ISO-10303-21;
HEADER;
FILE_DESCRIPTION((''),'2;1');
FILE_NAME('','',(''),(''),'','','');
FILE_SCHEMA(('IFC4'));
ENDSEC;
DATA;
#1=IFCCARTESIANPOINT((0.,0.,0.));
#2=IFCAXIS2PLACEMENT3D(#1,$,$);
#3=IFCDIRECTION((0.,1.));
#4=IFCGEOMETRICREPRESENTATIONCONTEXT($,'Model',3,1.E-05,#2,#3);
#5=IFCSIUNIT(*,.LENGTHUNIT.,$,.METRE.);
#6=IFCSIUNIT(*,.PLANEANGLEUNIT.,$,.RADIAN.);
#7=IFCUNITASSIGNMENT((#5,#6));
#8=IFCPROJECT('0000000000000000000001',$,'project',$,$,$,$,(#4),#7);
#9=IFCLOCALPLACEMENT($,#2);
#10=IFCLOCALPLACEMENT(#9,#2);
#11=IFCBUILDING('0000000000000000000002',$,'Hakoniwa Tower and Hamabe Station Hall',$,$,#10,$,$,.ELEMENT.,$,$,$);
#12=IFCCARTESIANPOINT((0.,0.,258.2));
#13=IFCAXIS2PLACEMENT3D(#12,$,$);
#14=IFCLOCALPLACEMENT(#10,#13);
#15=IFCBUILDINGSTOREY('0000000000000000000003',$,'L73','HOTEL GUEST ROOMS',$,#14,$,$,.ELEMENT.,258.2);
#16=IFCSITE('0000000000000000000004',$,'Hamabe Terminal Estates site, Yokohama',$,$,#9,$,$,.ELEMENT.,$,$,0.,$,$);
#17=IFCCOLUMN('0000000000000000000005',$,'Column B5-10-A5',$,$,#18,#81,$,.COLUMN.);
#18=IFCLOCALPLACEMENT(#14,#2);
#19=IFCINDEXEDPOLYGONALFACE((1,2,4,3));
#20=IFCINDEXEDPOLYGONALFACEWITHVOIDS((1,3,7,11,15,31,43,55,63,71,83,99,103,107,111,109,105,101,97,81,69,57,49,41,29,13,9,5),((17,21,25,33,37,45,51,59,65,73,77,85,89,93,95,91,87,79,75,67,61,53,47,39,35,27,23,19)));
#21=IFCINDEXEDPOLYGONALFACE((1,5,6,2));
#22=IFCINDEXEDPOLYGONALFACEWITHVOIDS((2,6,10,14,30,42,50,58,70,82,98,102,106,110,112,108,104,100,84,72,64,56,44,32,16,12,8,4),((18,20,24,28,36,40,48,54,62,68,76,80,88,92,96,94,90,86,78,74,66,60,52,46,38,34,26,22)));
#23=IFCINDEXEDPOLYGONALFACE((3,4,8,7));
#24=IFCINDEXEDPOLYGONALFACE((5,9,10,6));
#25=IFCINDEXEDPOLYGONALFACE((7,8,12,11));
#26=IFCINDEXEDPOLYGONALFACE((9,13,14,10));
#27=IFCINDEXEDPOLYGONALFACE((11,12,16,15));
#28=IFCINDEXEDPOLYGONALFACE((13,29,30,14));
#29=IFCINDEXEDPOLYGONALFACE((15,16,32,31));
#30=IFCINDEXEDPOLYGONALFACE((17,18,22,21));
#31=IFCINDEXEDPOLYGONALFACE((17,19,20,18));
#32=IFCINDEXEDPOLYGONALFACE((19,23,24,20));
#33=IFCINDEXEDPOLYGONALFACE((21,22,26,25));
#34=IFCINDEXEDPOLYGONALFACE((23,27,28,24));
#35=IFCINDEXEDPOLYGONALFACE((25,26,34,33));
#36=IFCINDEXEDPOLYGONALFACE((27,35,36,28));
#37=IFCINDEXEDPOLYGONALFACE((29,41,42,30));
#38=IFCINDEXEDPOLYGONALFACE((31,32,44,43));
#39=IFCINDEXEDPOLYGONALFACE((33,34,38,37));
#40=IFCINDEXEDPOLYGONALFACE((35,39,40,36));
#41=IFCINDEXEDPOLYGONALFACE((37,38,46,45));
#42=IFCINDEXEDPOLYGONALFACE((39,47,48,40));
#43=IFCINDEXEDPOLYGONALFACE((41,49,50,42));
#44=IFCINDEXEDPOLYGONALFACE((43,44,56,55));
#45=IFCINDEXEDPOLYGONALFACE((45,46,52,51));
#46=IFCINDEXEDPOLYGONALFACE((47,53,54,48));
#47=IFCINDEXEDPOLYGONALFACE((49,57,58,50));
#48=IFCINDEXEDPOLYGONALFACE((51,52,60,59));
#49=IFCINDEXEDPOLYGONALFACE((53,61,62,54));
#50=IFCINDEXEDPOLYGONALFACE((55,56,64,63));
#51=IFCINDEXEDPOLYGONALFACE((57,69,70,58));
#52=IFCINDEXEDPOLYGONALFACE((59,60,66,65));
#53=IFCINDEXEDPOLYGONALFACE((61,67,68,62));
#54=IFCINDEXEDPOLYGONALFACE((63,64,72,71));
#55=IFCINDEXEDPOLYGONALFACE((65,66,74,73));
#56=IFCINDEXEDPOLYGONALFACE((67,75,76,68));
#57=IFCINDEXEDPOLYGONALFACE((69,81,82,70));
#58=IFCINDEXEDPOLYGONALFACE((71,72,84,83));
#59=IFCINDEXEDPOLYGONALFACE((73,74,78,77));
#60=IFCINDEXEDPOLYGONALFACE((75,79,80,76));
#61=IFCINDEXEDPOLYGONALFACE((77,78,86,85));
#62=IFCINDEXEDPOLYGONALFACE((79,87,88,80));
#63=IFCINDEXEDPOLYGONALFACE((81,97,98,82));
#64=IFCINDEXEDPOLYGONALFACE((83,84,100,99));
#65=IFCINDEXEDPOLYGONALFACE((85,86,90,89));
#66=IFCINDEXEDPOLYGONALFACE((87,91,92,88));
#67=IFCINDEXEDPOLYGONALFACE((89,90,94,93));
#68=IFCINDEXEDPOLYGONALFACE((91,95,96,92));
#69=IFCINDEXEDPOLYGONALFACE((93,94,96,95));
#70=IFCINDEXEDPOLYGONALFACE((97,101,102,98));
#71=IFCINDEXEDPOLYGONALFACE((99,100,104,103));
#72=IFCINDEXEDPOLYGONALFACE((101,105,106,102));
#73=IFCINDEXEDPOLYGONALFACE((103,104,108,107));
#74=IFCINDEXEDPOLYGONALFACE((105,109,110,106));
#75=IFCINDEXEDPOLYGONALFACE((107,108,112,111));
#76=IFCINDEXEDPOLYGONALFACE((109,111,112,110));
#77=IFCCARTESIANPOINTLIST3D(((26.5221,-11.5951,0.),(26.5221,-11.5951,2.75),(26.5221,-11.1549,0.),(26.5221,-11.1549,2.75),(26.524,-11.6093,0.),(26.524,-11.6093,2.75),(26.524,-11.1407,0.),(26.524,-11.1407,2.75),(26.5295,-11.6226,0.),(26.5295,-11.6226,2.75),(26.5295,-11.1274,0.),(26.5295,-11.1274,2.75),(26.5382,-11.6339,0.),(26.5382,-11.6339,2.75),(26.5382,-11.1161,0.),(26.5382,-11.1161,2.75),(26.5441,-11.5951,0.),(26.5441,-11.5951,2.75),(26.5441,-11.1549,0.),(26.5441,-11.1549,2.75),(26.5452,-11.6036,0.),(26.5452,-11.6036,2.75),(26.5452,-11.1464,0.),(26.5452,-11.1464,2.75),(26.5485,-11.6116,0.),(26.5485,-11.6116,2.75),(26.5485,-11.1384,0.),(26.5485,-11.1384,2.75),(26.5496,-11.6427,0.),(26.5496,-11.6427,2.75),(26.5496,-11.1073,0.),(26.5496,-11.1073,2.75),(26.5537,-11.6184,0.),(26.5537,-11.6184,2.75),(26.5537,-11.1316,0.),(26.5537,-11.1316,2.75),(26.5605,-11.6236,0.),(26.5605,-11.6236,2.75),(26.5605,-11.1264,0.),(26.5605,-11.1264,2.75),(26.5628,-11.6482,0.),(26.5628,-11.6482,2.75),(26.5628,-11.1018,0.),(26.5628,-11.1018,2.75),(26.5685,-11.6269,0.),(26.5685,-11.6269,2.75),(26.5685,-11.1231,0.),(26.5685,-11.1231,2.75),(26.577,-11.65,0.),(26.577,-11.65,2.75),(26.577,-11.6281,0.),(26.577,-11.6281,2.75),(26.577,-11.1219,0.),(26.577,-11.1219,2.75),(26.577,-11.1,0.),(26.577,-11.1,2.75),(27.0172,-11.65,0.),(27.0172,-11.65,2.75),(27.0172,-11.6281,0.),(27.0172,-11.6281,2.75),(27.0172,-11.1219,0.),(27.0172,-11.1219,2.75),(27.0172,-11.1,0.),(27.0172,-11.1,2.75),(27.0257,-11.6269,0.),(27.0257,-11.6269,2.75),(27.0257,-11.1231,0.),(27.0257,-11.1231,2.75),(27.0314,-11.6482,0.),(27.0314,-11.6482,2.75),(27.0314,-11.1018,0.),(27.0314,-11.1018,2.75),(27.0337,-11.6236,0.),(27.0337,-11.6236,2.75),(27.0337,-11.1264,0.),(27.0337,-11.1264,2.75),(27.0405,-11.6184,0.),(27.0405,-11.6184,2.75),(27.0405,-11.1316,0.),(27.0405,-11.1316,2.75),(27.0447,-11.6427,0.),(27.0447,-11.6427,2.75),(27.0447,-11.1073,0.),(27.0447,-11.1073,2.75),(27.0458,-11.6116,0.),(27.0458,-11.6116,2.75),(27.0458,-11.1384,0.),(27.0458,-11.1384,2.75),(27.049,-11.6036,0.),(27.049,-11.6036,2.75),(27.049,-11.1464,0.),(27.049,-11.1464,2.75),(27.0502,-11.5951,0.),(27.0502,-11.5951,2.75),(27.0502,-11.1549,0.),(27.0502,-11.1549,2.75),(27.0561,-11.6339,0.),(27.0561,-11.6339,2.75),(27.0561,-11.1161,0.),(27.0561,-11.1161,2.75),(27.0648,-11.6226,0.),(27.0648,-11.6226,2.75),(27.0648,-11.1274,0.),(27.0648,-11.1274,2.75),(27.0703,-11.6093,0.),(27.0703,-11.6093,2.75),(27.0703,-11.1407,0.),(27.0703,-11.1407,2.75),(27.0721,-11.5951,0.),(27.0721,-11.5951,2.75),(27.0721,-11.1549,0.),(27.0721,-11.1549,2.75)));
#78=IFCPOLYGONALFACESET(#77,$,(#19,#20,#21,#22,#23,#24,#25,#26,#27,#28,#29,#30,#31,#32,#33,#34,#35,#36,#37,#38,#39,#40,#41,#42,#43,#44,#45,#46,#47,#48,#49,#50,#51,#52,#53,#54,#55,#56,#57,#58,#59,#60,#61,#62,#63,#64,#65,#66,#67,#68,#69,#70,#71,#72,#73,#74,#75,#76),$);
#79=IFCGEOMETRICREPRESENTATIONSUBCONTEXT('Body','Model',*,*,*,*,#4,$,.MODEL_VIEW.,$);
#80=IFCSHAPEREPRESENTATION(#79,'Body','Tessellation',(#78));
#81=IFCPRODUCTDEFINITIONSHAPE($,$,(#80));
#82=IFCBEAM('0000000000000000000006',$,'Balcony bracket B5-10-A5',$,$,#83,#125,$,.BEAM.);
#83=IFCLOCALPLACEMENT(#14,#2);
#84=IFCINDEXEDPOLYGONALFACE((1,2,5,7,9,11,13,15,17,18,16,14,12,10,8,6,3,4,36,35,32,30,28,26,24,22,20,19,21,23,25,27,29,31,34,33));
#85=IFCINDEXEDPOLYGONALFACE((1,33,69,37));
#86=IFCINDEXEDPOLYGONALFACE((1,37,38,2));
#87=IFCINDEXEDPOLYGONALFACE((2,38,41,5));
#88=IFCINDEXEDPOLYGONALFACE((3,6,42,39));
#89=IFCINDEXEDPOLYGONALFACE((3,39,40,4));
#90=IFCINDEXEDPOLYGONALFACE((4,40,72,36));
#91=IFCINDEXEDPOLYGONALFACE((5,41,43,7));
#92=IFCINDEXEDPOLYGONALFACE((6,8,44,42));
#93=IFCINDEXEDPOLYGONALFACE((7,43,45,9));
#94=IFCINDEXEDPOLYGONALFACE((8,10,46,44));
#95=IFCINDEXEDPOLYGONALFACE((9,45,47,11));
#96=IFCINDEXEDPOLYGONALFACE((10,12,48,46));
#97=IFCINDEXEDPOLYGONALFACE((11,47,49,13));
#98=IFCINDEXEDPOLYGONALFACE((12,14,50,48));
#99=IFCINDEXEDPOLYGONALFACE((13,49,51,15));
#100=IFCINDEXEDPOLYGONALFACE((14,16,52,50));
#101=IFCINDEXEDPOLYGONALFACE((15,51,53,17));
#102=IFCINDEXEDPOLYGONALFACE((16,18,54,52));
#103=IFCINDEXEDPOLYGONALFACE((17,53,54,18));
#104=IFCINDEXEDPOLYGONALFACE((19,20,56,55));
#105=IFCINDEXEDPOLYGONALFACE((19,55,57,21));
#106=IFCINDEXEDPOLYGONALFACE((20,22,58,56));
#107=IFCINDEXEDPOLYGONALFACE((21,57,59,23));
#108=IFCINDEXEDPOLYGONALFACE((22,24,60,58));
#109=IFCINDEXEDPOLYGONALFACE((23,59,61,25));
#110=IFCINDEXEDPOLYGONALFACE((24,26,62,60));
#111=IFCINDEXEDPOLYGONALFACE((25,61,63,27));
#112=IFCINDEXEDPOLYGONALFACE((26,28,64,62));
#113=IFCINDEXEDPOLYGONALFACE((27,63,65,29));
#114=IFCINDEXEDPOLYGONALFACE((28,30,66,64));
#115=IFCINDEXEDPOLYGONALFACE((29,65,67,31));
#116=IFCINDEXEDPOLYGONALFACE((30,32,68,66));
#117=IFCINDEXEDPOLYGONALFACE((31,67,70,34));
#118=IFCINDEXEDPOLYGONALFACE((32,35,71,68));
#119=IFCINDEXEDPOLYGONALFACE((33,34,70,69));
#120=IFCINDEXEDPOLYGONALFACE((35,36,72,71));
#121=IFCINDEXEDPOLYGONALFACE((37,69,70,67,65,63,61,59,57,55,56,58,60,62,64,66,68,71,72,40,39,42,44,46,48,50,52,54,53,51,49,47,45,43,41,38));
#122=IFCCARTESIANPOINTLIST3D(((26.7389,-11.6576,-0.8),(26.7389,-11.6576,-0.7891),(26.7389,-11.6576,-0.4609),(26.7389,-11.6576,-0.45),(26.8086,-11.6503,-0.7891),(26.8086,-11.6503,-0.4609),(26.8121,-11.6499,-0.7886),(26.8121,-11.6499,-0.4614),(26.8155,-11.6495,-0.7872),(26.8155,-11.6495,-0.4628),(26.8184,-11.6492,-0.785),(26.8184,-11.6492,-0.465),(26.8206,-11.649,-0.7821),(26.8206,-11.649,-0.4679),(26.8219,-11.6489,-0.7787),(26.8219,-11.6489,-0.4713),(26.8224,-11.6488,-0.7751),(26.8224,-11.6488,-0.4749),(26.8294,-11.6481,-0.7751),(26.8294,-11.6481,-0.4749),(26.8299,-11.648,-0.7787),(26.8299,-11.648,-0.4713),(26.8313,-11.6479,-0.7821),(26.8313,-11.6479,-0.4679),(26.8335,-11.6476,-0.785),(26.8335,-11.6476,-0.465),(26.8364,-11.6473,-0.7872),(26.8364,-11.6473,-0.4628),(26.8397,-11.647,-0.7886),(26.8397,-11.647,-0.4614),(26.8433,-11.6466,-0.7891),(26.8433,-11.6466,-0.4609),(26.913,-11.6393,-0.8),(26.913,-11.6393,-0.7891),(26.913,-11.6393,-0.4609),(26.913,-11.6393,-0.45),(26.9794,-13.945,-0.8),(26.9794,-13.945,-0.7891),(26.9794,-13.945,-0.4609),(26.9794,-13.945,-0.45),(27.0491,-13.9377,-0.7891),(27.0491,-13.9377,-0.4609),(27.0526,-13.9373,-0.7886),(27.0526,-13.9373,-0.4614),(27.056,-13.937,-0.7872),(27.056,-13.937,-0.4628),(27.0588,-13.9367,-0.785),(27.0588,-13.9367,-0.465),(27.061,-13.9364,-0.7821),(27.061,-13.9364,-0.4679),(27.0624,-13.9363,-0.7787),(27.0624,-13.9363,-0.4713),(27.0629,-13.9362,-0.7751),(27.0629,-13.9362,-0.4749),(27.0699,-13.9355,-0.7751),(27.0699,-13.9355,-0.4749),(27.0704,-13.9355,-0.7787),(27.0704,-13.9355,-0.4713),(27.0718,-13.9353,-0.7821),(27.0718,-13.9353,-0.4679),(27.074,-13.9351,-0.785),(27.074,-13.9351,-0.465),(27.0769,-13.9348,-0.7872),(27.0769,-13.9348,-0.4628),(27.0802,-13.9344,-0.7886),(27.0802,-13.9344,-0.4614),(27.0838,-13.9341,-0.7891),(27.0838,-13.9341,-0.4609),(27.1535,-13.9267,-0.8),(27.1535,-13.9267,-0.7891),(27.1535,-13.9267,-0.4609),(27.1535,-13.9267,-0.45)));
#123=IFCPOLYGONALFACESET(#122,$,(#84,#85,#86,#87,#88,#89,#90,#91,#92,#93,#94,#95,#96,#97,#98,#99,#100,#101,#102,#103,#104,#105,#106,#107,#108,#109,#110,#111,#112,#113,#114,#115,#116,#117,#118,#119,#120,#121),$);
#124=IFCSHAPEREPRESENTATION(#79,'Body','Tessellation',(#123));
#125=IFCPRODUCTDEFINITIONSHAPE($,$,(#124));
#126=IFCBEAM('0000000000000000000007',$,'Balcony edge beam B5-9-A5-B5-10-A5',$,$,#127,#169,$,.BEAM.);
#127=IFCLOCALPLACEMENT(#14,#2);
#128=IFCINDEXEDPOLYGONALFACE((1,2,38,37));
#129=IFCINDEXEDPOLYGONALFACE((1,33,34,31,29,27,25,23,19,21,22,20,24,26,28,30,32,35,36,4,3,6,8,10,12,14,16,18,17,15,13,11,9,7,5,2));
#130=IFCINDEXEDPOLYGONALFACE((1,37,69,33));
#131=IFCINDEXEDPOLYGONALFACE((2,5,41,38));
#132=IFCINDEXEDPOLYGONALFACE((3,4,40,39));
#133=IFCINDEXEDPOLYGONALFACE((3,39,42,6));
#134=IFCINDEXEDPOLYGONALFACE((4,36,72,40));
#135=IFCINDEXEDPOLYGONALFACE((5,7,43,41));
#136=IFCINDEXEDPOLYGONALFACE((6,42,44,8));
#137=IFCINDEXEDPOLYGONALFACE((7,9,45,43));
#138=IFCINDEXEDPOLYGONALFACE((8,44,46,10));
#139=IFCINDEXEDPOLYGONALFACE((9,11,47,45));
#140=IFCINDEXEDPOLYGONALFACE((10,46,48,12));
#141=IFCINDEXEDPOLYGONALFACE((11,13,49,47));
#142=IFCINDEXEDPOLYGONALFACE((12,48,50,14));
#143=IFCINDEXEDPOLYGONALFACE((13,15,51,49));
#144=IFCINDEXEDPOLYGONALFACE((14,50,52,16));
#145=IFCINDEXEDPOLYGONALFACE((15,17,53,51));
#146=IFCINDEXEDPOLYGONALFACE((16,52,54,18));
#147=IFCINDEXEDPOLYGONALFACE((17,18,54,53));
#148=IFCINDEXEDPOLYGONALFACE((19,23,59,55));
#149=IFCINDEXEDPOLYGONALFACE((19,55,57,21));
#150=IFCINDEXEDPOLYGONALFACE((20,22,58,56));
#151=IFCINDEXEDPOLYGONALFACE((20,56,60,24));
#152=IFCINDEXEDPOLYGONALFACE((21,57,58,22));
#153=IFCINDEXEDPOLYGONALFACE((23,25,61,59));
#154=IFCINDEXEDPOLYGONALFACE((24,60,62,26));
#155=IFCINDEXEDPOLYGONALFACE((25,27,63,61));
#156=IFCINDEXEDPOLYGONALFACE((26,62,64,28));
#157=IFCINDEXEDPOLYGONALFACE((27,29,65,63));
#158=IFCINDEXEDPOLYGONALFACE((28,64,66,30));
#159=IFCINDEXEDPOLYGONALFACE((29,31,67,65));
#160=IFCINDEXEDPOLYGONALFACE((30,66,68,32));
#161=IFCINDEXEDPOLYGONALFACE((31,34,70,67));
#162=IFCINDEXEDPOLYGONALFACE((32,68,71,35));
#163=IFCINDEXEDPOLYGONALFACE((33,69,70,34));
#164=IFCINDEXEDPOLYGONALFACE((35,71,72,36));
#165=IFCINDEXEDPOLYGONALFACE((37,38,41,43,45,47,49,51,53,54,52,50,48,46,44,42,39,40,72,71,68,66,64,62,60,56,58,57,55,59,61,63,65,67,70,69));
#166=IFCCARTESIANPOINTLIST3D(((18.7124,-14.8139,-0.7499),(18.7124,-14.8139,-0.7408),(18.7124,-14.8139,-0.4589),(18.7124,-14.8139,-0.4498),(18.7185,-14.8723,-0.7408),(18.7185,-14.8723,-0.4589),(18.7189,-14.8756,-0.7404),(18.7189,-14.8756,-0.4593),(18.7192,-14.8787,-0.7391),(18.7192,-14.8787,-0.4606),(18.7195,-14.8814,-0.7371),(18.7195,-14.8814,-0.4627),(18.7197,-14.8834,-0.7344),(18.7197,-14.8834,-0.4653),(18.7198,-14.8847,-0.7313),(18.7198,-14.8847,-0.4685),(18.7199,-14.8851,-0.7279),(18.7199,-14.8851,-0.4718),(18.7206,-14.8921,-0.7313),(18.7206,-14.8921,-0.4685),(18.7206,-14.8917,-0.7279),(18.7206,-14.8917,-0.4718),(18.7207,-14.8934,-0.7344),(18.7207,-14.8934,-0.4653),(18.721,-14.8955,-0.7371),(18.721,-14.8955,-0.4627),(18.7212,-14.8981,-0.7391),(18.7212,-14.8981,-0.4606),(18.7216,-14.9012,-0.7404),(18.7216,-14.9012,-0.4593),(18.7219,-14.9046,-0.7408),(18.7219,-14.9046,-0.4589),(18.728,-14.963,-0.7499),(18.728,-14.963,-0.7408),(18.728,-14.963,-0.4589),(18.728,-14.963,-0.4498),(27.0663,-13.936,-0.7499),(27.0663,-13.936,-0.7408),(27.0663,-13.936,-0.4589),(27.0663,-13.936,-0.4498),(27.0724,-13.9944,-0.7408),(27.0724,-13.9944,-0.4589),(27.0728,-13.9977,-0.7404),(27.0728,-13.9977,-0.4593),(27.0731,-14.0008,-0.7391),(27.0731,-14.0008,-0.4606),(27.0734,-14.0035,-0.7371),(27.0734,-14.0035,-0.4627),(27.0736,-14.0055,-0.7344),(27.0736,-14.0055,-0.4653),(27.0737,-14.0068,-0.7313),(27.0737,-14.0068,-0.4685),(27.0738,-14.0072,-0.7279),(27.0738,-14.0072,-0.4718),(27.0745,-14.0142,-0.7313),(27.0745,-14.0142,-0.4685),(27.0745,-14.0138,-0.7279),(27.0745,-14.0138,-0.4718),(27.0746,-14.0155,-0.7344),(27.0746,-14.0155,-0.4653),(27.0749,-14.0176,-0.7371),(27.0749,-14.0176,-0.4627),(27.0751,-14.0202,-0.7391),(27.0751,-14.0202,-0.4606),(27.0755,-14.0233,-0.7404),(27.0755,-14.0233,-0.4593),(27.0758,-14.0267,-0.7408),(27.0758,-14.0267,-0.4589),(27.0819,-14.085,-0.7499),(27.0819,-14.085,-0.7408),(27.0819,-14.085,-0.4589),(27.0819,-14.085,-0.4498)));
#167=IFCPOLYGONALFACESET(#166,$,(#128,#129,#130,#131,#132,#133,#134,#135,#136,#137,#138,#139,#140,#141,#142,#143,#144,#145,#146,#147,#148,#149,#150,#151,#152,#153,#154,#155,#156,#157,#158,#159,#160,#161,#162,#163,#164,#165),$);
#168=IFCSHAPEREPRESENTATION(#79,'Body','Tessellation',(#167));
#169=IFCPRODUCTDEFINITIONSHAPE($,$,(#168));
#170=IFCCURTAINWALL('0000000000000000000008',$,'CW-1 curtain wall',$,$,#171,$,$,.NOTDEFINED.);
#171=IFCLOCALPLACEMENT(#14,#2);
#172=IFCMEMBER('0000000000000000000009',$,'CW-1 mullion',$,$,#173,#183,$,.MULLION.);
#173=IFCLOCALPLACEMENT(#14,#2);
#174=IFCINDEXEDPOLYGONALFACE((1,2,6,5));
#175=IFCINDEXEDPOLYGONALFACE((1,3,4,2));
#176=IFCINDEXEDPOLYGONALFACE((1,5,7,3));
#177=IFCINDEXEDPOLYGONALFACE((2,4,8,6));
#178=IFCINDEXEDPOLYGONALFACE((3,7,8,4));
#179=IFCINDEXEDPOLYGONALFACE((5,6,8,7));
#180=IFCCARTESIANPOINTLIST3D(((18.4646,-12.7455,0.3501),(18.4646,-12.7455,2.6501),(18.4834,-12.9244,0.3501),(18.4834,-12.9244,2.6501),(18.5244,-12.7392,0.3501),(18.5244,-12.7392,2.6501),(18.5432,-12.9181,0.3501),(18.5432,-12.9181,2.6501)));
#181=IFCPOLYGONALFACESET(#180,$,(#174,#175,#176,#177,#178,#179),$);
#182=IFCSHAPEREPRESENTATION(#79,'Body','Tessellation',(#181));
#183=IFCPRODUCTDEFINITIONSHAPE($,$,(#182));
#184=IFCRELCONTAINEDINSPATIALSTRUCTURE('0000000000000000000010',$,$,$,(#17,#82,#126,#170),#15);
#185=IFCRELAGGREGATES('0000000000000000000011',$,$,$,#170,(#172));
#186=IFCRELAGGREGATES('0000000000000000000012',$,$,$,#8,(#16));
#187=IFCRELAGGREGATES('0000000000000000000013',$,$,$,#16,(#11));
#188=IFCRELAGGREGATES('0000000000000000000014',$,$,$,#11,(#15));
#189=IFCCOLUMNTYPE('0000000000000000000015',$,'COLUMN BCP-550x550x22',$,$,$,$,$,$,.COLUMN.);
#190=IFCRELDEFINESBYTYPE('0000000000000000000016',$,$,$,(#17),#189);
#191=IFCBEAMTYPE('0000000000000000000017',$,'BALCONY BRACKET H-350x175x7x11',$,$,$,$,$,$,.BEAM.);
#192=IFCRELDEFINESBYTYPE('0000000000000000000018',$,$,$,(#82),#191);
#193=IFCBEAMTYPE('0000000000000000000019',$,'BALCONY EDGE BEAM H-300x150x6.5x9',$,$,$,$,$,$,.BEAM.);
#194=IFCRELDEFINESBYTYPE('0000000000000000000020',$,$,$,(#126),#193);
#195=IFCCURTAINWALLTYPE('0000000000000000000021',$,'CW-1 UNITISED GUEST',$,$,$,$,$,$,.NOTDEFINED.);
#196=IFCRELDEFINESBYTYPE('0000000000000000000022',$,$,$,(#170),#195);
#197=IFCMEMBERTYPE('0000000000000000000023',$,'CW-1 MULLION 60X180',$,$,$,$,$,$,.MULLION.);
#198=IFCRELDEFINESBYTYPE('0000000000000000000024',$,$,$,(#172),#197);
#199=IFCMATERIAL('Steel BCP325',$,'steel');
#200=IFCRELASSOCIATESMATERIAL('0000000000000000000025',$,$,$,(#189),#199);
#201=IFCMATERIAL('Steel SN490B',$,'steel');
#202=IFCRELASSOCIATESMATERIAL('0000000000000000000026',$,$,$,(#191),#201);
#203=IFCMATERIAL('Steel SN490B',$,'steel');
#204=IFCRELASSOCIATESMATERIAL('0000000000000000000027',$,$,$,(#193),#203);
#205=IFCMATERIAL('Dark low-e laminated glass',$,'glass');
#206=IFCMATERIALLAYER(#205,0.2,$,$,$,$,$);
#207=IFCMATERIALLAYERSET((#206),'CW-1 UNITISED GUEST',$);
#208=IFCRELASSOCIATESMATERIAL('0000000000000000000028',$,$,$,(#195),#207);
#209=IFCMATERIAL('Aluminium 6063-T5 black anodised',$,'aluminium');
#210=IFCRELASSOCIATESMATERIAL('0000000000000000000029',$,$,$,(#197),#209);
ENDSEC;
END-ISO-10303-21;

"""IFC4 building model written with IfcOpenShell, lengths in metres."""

from ifc_helpers import new_model, si_unit, direction, frame, origin, origin_2d, place, context, subcontext, project, spatial, rectangle, hollow_rectangle, i_section, extrude, material, layer, layer_set, material_profile, profile_set, type_object, element, aggregate, save


model = new_model("IFC4")

# Units and contexts
model_context = context("Model", 3, precision=1e-05, world=origin(), true_north=direction((0.0, 1.0)))
body_context = subcontext(model_context, "Body", "Model", "MODEL_VIEW")
ifc_project = project(units=[si_unit("LENGTHUNIT", "METRE"), si_unit("PLANEANGLEUNIT", "RADIAN")], contexts=[model_context])

# Site, building, storey
site_placement = place(None, origin())
site = spatial("IfcSite", under=ifc_project, at=site_placement, Name="Hamabe Terminal Estates site, Yokohama", CompositionType="ELEMENT", RefElevation=0.0)
building_placement = place(site_placement, origin())
building = spatial("IfcBuilding", under=site, at=building_placement, Name="Hakoniwa Tower and Hamabe Station Hall", CompositionType="ELEMENT")
storey_placement = place(building_placement, frame((0.0, 0.0, 258.2)))
storey = spatial("IfcBuildingStorey", under=building, at=storey_placement, Name="L73", Description="HOTEL GUEST ROOMS", CompositionType="ELEMENT", Elevation=258.2)

# Column
ifc_material_1 = material(Name="Steel BCP325", Category="steel")
ifc_material_profile_1 = material_profile(ifc_material_1, hollow_rectangle(XDim=0.55, YDim=0.55, WallThickness=0.022, InnerFilletRadius=0.033, OuterFilletRadius=0.0549, at=origin_2d()), Name="BCP-550x550x22")
ifc_profile_set_1 = profile_set([ifc_material_profile_1], Name="Steel BCP325")
column_type = type_object("IfcColumnType", Name="COLUMN BCP-550x550x22", PredefinedType="COLUMN", material=ifc_profile_set_1)
column_placement = place(storey_placement, frame((26.7971, -11.375, 0.0), z_axis=(0.0, 0.0, 1.0), x_axis=(1.0, 0.0, 0.0)))
element("IfcColumn", 1, at=column_placement, inside=storey, type_object=column_type, Name="Column B5-10-A5", PredefinedType="COLUMN", context=body_context, shape_type="SweptSolid", body=[
    extrude(hollow_rectangle(XDim=0.55, YDim=0.55, WallThickness=0.022, InnerFilletRadius=0.033, OuterFilletRadius=0.0549, at=origin_2d()), origin(), (0.0, 0.0, 1.0), 2.75),
])

# Beams
ifc_material_2 = material(Name="Steel SN490B", Category="steel")
ifc_material_profile_2 = material_profile(ifc_material_2, i_section(OverallWidth=0.175, OverallDepth=0.3501, WebThickness=0.0071, FlangeThickness=0.011, FilletRadius=0.0139, at=origin_2d()), Name="H-350x175x7x11")
ifc_profile_set_2 = profile_set([ifc_material_profile_2], Name="Steel SN490B")
beam_type_1 = type_object("IfcBeamType", Name="BALCONY BRACKET H-350x175x7x11", PredefinedType="BEAM", material=ifc_profile_set_2)
beam_1_placement = place(storey_placement, frame((26.8259, -11.6484, -0.625), z_axis=(0.104558, -0.994519, 0.0), x_axis=(0.994519, 0.104558, 0.0)))
element("IfcBeam", 2, at=beam_1_placement, inside=storey, type_object=beam_type_1, Name="Balcony bracket B5-10-A5", PredefinedType="BEAM", context=body_context, shape_type="SweptSolid", body=[
    extrude(i_section(OverallWidth=0.175, OverallDepth=0.3501, WebThickness=0.0071, FlangeThickness=0.011, FilletRadius=0.0139, at=origin_2d()), origin(), (0.0, 0.0, 1.0), 2.3),
])
ifc_material_3 = material(Name="Steel SN490B", Category="steel")
ifc_material_profile_3 = material_profile(ifc_material_3, i_section(OverallWidth=0.1499, OverallDepth=0.3, WebThickness=0.0066, FlangeThickness=0.009, FilletRadius=0.0129, at=origin_2d()), Name="H-300x150x6.5x9")
ifc_profile_set_3 = profile_set([ifc_material_profile_3], Name="Steel SN490B")
beam_type_2 = type_object("IfcBeamType", Name="BALCONY EDGE BEAM H-300x150x6.5x9", PredefinedType="BEAM", material=ifc_profile_set_3)
beam_2_placement = place(storey_placement, frame((18.7202, -14.8884, -0.5999), z_axis=(0.994523, 0.104515, 0.0), x_axis=(-0.104515, 0.994523, 0.0)))
element("IfcBeam", 3, at=beam_2_placement, inside=storey, type_object=beam_type_2, Name="Balcony edge beam B5-9-A5-B5-10-A5", PredefinedType="BEAM", context=body_context, shape_type="SweptSolid", body=[
    extrude(i_section(OverallWidth=0.1499, OverallDepth=0.3, WebThickness=0.0066, FlangeThickness=0.009, FilletRadius=0.0129, at=origin_2d()), origin(), (0.0, 0.0, 1.0), 8.3999),
])

# Curtain wall, member
ifc_material_4 = material(Name="Dark low-e laminated glass", Category="glass")
ifc_layer_1 = layer(ifc_material_4, 0.2)
ifc_layer_set_1 = layer_set([ifc_layer_1], Name="CW-1 UNITISED GUEST")
curtain_wall_type = type_object("IfcCurtainWallType", Name="CW-1 UNITISED GUEST", PredefinedType="NOTDEFINED", material=ifc_layer_set_1)
curtain_wall_placement = place(storey_placement, origin())
curtain_wall = element("IfcCurtainWall", 4, at=curtain_wall_placement, inside=storey, type_object=curtain_wall_type, Name="CW-1 curtain wall", PredefinedType="NOTDEFINED")
ifc_material_5 = material(Name="Aluminium 6063-T5 black anodised", Category="aluminium")
ifc_material_profile_4 = material_profile(ifc_material_5, rectangle(XDim=0.0601, YDim=0.1799, at=origin_2d()), Name="CW-1 MULLION 60X180")
ifc_profile_set_4 = profile_set([ifc_material_profile_4], Name="Aluminium 6063-T5 black anodised")
member_type = type_object("IfcMemberType", Name="CW-1 MULLION 60X180", PredefinedType="MULLION", material=ifc_profile_set_4)
member_placement = place(storey_placement, frame((18.5039, -12.8318, 0.3501), z_axis=(0.0, 0.0, 1.0), x_axis=(0.994522, 0.104528, 0.0)))
member = element("IfcMember", 5, at=member_placement, type_object=member_type, Name="CW-1 mullion", PredefinedType="MULLION", context=body_context, shape_type="SweptSolid", body=[
    extrude(rectangle(XDim=0.0601, YDim=0.1799, at=origin_2d()), origin(), (0.0, 0.0, 1.0), 2.3),
])
aggregate(curtain_wall, [member])

save(model, "model.ifc")
